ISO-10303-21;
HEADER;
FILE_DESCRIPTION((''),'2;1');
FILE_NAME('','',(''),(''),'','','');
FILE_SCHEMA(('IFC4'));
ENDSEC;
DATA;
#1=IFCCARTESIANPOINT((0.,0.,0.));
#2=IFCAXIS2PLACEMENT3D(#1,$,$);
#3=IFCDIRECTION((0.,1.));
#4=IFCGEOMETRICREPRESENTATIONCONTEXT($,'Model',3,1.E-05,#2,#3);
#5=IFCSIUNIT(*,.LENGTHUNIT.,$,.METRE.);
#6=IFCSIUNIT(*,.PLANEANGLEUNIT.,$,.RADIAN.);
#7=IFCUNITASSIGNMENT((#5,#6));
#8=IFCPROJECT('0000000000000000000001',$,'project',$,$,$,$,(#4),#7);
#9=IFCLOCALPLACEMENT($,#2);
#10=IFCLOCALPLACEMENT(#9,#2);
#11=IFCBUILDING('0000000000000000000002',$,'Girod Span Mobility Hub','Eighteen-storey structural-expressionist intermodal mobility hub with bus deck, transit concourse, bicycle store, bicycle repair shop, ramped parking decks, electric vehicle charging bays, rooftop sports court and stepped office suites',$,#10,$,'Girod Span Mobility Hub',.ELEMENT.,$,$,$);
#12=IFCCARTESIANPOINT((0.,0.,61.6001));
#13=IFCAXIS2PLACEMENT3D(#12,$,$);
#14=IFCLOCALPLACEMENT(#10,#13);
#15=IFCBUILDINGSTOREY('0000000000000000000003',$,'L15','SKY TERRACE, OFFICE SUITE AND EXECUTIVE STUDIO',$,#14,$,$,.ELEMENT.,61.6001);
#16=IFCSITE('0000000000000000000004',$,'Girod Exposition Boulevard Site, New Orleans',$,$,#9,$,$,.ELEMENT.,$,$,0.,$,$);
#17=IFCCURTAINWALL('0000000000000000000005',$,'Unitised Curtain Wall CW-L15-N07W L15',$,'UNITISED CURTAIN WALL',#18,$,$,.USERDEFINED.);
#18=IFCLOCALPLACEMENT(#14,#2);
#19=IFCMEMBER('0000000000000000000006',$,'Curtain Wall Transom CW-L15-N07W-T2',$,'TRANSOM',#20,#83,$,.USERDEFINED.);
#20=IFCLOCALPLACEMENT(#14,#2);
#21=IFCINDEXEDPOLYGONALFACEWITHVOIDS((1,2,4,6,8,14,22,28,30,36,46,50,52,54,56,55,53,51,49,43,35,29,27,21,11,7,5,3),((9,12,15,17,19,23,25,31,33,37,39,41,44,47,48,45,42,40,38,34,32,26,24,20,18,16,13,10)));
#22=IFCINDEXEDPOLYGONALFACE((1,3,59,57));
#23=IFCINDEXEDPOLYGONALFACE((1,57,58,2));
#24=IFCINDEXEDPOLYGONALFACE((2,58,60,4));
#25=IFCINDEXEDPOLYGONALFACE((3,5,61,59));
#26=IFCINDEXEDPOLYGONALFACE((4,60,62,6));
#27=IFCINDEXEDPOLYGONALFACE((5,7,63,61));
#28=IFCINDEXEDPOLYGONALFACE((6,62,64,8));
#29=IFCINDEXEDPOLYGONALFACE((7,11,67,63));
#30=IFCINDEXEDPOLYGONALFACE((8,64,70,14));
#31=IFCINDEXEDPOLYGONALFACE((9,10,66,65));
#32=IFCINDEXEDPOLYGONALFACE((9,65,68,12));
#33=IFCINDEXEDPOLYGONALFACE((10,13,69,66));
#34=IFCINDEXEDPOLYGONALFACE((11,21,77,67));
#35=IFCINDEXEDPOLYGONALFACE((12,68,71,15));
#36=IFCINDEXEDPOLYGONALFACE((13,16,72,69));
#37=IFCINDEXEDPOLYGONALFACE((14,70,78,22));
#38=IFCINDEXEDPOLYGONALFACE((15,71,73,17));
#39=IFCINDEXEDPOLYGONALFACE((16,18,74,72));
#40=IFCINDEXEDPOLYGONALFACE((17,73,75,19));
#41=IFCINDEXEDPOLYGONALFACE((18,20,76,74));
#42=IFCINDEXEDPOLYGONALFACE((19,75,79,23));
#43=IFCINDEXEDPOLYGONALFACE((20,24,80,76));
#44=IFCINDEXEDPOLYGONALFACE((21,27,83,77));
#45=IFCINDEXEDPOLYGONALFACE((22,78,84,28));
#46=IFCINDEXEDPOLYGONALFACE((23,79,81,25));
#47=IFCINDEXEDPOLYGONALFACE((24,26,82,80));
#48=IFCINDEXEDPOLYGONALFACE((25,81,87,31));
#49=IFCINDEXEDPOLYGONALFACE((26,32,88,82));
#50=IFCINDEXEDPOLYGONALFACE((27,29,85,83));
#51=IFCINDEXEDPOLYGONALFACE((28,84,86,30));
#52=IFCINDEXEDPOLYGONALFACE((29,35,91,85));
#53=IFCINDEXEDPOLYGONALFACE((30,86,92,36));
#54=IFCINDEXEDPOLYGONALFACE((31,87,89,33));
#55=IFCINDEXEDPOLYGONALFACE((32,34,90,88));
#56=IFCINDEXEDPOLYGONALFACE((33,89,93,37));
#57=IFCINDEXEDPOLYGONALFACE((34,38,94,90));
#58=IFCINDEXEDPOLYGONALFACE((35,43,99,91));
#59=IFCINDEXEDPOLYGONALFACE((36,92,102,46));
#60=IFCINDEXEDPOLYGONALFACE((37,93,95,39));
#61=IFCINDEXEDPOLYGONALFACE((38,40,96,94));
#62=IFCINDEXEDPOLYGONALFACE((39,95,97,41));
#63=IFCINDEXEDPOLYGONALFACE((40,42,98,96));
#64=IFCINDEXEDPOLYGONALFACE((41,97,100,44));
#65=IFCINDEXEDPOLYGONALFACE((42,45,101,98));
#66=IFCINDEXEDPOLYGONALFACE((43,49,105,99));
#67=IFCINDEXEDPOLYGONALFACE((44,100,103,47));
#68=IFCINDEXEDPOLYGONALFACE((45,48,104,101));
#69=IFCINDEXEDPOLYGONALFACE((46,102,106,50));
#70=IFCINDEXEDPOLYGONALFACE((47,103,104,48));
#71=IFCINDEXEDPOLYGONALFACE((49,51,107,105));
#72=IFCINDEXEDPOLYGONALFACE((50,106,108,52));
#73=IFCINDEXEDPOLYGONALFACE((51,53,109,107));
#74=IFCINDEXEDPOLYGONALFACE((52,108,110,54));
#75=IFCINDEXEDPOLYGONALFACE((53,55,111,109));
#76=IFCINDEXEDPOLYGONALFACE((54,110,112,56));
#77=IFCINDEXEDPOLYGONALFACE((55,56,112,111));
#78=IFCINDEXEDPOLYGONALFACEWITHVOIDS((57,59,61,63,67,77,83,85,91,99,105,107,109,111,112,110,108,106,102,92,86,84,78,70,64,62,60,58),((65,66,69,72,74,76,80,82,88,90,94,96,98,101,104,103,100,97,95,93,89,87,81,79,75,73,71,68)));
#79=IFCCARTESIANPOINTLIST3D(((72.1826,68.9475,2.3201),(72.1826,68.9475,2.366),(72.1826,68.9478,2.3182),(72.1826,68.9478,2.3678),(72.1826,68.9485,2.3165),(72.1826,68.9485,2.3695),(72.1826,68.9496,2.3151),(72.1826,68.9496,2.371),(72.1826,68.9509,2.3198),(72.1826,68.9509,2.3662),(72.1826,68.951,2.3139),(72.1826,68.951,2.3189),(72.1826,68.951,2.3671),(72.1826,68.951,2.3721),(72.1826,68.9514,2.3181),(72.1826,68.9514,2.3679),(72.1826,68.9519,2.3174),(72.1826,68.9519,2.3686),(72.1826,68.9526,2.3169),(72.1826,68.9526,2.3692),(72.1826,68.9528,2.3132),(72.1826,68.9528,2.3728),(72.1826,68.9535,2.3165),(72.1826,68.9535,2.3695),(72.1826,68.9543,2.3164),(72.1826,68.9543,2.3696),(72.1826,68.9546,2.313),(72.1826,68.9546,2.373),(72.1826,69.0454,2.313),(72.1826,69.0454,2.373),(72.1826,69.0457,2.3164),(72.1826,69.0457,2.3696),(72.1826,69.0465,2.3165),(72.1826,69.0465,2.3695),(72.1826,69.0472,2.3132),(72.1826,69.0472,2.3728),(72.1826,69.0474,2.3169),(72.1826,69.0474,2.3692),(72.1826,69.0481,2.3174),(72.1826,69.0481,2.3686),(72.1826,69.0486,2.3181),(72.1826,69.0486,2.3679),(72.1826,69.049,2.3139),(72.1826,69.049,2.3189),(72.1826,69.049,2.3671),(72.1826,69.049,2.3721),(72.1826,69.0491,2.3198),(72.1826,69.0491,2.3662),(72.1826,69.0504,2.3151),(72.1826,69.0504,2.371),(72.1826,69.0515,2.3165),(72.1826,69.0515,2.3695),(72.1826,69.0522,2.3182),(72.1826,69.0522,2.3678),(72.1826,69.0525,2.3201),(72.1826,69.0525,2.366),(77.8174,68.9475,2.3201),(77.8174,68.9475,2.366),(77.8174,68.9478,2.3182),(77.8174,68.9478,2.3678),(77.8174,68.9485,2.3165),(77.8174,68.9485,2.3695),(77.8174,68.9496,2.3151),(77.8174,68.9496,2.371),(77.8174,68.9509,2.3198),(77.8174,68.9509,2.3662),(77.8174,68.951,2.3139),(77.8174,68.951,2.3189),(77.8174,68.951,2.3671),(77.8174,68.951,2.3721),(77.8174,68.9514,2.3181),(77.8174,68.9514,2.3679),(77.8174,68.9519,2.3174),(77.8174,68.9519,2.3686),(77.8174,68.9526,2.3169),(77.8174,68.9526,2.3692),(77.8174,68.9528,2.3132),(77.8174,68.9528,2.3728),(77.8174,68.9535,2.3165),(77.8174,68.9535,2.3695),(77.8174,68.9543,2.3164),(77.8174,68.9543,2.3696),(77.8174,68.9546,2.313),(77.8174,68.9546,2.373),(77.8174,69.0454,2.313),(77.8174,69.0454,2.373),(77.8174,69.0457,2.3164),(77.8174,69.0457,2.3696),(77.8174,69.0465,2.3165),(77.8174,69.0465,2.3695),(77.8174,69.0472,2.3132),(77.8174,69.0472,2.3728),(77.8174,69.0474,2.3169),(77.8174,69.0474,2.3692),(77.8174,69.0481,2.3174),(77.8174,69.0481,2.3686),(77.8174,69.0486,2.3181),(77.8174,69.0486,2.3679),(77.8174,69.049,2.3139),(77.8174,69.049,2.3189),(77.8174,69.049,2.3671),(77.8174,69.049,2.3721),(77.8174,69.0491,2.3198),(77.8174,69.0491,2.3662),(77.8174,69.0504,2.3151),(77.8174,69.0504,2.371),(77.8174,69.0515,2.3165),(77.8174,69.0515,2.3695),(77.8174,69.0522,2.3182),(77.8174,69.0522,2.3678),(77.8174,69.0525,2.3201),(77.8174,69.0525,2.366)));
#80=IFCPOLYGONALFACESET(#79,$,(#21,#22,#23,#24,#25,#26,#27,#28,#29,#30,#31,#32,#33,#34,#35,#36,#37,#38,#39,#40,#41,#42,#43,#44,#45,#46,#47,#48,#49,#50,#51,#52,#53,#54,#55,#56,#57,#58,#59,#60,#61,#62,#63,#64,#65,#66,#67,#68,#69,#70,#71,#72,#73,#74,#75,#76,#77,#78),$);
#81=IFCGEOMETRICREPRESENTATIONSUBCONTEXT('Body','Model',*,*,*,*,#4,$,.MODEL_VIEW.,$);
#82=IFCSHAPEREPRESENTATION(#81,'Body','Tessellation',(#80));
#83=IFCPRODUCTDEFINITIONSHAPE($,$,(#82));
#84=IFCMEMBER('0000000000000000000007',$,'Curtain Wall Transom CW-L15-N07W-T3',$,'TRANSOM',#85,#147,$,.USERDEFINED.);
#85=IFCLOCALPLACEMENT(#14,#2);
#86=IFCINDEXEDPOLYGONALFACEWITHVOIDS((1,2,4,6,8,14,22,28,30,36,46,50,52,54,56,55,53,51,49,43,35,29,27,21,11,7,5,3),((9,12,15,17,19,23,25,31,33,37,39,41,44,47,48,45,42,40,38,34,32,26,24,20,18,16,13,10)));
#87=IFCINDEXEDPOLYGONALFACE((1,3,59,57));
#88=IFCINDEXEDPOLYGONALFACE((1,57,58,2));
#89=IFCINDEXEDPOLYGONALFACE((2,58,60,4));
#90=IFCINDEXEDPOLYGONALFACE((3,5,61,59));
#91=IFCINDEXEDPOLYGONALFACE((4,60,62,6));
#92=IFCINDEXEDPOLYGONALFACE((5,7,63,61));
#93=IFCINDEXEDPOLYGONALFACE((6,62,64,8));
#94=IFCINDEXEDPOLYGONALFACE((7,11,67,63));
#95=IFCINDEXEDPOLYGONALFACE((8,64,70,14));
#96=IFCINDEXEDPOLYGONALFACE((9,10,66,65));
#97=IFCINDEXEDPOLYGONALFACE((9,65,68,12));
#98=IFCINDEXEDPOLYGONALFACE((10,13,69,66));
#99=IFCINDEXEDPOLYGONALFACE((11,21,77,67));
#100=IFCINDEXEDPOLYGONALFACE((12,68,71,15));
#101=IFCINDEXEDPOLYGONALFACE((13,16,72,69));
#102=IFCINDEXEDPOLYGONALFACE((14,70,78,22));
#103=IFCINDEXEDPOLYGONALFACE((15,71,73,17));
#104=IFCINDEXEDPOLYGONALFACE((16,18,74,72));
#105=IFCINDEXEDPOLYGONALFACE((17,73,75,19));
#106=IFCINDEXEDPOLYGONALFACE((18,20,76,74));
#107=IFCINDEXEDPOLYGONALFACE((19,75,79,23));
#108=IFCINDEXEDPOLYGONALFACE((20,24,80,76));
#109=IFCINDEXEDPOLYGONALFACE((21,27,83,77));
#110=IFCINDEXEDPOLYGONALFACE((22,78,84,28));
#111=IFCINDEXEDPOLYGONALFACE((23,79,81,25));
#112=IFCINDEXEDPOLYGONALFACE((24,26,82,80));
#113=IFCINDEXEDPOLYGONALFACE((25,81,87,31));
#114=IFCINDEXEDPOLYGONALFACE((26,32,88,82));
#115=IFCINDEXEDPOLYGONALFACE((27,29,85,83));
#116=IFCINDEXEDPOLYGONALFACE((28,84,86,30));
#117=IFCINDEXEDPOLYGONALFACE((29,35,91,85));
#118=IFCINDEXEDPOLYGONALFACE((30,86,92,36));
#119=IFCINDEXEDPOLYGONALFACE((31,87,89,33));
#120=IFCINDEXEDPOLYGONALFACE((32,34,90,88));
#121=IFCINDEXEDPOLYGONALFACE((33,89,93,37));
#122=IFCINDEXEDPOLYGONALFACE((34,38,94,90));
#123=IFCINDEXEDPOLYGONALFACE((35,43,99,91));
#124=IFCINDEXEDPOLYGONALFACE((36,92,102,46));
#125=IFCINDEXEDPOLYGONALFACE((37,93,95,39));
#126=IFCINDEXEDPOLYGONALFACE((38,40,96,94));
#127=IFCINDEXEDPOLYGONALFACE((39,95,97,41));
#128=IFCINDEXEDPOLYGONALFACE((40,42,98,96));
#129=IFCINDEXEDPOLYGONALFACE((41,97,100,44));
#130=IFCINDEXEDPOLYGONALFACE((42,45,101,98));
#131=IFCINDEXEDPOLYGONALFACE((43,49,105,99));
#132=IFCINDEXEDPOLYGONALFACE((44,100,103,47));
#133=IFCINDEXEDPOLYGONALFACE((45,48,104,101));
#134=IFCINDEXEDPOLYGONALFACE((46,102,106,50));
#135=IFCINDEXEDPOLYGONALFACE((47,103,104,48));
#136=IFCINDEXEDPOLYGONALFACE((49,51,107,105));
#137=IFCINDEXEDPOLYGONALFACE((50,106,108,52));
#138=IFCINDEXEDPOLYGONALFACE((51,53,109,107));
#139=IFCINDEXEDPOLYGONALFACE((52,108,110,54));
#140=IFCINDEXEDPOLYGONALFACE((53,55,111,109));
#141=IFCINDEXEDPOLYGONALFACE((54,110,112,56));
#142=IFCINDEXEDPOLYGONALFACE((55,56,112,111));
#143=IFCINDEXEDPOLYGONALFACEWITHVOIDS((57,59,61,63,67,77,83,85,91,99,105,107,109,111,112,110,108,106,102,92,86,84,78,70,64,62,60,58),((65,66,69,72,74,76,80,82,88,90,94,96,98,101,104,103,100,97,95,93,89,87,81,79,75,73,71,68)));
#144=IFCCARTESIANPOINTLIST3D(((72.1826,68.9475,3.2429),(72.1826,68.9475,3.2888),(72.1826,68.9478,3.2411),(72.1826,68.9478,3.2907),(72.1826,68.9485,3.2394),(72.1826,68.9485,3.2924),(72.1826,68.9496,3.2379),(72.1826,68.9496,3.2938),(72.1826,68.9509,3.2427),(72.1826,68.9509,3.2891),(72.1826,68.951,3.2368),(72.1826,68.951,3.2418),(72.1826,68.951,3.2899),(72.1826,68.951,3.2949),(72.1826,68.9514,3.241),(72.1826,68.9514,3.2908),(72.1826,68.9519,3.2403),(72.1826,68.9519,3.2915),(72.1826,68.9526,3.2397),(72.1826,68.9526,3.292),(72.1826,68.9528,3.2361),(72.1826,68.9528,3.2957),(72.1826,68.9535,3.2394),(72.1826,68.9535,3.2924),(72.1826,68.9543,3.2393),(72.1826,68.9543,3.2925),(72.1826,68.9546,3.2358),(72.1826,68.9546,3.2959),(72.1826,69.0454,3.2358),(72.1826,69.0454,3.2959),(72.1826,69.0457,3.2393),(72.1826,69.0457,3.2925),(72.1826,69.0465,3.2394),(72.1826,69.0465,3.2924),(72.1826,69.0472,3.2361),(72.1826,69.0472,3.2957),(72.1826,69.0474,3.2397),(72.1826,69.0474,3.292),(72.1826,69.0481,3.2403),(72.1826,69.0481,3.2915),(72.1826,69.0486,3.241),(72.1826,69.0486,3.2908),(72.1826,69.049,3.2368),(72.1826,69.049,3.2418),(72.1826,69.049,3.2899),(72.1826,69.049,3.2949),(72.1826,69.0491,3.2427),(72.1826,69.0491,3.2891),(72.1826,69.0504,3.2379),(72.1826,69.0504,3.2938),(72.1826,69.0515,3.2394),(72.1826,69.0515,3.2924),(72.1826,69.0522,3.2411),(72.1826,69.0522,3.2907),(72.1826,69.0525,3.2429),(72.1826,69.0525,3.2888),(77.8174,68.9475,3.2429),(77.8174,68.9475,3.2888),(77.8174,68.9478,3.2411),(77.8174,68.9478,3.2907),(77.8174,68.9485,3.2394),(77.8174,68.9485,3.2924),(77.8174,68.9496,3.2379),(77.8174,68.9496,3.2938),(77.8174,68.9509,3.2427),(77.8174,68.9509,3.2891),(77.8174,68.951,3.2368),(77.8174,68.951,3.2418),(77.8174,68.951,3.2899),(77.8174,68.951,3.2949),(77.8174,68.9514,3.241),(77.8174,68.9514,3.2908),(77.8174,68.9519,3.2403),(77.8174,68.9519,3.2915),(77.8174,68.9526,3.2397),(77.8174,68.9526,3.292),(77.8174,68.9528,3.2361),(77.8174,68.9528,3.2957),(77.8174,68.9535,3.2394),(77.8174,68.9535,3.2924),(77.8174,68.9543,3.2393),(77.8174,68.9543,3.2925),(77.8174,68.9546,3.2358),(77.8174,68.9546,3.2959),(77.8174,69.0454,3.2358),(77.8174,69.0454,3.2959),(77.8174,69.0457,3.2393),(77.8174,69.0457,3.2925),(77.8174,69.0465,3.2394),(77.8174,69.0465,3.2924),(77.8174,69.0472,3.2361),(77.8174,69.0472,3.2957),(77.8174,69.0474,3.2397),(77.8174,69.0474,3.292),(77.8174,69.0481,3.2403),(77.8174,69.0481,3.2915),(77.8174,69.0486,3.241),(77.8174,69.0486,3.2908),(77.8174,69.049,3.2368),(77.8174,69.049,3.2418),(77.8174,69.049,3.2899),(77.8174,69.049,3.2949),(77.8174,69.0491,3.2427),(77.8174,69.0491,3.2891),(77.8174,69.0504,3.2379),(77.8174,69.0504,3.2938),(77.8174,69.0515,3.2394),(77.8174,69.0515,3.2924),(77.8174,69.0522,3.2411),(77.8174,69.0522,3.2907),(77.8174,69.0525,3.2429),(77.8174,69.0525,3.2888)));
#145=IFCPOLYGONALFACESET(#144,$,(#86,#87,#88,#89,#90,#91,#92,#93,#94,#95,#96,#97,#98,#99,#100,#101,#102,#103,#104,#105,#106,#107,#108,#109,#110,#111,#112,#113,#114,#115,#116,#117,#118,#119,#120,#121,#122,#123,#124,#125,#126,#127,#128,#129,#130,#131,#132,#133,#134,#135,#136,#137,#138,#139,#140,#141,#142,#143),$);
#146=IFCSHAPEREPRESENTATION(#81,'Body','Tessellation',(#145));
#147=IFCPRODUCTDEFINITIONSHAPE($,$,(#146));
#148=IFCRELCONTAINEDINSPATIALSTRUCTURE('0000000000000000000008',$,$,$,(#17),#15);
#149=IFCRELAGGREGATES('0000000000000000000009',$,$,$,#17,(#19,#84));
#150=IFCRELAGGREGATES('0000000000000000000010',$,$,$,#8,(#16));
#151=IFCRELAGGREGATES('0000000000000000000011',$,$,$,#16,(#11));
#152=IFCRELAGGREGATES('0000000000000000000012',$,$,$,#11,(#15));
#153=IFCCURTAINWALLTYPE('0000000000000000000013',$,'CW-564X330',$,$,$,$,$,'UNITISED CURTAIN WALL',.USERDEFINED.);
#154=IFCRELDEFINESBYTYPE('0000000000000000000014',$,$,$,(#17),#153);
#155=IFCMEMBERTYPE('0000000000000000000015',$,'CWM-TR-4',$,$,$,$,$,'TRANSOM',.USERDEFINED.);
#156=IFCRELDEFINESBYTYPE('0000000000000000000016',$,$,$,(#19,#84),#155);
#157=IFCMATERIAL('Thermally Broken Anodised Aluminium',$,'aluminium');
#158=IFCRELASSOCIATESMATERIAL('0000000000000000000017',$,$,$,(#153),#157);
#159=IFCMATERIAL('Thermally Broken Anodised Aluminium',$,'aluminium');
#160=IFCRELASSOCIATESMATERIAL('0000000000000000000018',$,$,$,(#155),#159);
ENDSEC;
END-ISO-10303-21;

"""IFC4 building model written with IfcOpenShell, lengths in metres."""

from ifc_helpers import new_model, si_unit, direction, frame, origin, origin_2d, place, context, subcontext, project, spatial, hollow_rectangle, extrude, material, material_profile, profile_set, type_object, element, aggregate, save


model = new_model("IFC4")

# Units and contexts
model_context = context("Model", 3, precision=1e-05, world=origin(), true_north=direction((0.0, 1.0)))
body_context = subcontext(model_context, "Body", "Model", "MODEL_VIEW")
ifc_project = project(units=[si_unit("LENGTHUNIT", "METRE"), si_unit("PLANEANGLEUNIT", "RADIAN")], contexts=[model_context])

# Site, building, storey
site_placement = place(None, origin())
site = spatial("IfcSite", under=ifc_project, at=site_placement, Name="Girod Exposition Boulevard Site, New Orleans", CompositionType="ELEMENT", RefElevation=0.0)
building_placement = place(site_placement, origin())
building = spatial("IfcBuilding", under=site, at=building_placement, Name="Girod Span Mobility Hub", Description="Eighteen-storey structural-expressionist intermodal mobility hub with bus deck, transit concourse, bicycle store, bicycle repair shop, ramped parking decks, electric vehicle charging bays, rooftop sports court and stepped office suites", LongName="Girod Span Mobility Hub", CompositionType="ELEMENT")
storey_placement = place(building_placement, frame((0.0, 0.0, 61.6001)))
storey = spatial("IfcBuildingStorey", under=building, at=storey_placement, Name="L15", Description="SKY TERRACE, OFFICE SUITE AND EXECUTIVE STUDIO", CompositionType="ELEMENT", Elevation=61.6001)

# Curtain wall
ifc_material_1 = material(Name="Thermally Broken Anodised Aluminium", Category="aluminium")
curtain_wall_type = type_object("IfcCurtainWallType", Name="CW-564X330", ElementType="UNITISED CURTAIN WALL", PredefinedType="USERDEFINED", material=ifc_material_1)
curtain_wall_1_placement = place(storey_placement, origin())
curtain_wall_1 = element("IfcCurtainWall", 1, at=curtain_wall_1_placement, inside=storey, type_object=curtain_wall_type, Name="Unitised Curtain Wall CW-L15-N07W L15", ObjectType="UNITISED CURTAIN WALL", PredefinedType="USERDEFINED")

# Members
ifc_material_2 = material(Name="Thermally Broken Anodised Aluminium", Category="aluminium")
ifc_material_profile_1 = material_profile(ifc_material_2, hollow_rectangle(XDim=0.105, YDim=0.0601, WallThickness=0.0034, InnerFilletRadius=0.0034, OuterFilletRadius=0.0071, at=origin_2d()), Name="CW-TR-60X105")
ifc_profile_set_1 = profile_set([ifc_material_profile_1], Name="Thermally Broken Anodised Aluminium")
member_type_1 = type_object("IfcMemberType", Name="CWM-TR-4", ElementType="TRANSOM", PredefinedType="USERDEFINED", material=ifc_profile_set_1)
member_1_placement = place(storey_placement, frame((72.1826, 69.0, 2.343), z_axis=(1.0, 0.0, 0.0), x_axis=(0.0, 1.0, 0.0)))
member_1 = element("IfcMember", 2, at=member_1_placement, type_object=member_type_1, Name="Curtain Wall Transom CW-L15-N07W-T2", ObjectType="TRANSOM", PredefinedType="USERDEFINED", context=body_context, shape_type="SweptSolid", body=[
    extrude(hollow_rectangle(XDim=0.105, YDim=0.0601, WallThickness=0.0034, InnerFilletRadius=0.0034, OuterFilletRadius=0.0071, at=origin_2d()), origin(), (0.0, 0.0, 1.0), 5.6348),
])
member_2_placement = place(storey_placement, frame((72.1826, 69.0, 3.2659), z_axis=(1.0, 0.0, 0.0), x_axis=(0.0, 1.0, 0.0)))
member_2 = element("IfcMember", 3, at=member_2_placement, type_object=member_type_1, Name="Curtain Wall Transom CW-L15-N07W-T3", ObjectType="TRANSOM", PredefinedType="USERDEFINED", context=body_context, shape_type="SweptSolid", body=[
    extrude(hollow_rectangle(XDim=0.105, YDim=0.0601, WallThickness=0.0034, InnerFilletRadius=0.0034, OuterFilletRadius=0.0071, at=origin_2d()), origin(), (0.0, 0.0, 1.0), 5.6348),
])

aggregate(curtain_wall_1, [member_1, member_2])

save(model, "model.ifc")
